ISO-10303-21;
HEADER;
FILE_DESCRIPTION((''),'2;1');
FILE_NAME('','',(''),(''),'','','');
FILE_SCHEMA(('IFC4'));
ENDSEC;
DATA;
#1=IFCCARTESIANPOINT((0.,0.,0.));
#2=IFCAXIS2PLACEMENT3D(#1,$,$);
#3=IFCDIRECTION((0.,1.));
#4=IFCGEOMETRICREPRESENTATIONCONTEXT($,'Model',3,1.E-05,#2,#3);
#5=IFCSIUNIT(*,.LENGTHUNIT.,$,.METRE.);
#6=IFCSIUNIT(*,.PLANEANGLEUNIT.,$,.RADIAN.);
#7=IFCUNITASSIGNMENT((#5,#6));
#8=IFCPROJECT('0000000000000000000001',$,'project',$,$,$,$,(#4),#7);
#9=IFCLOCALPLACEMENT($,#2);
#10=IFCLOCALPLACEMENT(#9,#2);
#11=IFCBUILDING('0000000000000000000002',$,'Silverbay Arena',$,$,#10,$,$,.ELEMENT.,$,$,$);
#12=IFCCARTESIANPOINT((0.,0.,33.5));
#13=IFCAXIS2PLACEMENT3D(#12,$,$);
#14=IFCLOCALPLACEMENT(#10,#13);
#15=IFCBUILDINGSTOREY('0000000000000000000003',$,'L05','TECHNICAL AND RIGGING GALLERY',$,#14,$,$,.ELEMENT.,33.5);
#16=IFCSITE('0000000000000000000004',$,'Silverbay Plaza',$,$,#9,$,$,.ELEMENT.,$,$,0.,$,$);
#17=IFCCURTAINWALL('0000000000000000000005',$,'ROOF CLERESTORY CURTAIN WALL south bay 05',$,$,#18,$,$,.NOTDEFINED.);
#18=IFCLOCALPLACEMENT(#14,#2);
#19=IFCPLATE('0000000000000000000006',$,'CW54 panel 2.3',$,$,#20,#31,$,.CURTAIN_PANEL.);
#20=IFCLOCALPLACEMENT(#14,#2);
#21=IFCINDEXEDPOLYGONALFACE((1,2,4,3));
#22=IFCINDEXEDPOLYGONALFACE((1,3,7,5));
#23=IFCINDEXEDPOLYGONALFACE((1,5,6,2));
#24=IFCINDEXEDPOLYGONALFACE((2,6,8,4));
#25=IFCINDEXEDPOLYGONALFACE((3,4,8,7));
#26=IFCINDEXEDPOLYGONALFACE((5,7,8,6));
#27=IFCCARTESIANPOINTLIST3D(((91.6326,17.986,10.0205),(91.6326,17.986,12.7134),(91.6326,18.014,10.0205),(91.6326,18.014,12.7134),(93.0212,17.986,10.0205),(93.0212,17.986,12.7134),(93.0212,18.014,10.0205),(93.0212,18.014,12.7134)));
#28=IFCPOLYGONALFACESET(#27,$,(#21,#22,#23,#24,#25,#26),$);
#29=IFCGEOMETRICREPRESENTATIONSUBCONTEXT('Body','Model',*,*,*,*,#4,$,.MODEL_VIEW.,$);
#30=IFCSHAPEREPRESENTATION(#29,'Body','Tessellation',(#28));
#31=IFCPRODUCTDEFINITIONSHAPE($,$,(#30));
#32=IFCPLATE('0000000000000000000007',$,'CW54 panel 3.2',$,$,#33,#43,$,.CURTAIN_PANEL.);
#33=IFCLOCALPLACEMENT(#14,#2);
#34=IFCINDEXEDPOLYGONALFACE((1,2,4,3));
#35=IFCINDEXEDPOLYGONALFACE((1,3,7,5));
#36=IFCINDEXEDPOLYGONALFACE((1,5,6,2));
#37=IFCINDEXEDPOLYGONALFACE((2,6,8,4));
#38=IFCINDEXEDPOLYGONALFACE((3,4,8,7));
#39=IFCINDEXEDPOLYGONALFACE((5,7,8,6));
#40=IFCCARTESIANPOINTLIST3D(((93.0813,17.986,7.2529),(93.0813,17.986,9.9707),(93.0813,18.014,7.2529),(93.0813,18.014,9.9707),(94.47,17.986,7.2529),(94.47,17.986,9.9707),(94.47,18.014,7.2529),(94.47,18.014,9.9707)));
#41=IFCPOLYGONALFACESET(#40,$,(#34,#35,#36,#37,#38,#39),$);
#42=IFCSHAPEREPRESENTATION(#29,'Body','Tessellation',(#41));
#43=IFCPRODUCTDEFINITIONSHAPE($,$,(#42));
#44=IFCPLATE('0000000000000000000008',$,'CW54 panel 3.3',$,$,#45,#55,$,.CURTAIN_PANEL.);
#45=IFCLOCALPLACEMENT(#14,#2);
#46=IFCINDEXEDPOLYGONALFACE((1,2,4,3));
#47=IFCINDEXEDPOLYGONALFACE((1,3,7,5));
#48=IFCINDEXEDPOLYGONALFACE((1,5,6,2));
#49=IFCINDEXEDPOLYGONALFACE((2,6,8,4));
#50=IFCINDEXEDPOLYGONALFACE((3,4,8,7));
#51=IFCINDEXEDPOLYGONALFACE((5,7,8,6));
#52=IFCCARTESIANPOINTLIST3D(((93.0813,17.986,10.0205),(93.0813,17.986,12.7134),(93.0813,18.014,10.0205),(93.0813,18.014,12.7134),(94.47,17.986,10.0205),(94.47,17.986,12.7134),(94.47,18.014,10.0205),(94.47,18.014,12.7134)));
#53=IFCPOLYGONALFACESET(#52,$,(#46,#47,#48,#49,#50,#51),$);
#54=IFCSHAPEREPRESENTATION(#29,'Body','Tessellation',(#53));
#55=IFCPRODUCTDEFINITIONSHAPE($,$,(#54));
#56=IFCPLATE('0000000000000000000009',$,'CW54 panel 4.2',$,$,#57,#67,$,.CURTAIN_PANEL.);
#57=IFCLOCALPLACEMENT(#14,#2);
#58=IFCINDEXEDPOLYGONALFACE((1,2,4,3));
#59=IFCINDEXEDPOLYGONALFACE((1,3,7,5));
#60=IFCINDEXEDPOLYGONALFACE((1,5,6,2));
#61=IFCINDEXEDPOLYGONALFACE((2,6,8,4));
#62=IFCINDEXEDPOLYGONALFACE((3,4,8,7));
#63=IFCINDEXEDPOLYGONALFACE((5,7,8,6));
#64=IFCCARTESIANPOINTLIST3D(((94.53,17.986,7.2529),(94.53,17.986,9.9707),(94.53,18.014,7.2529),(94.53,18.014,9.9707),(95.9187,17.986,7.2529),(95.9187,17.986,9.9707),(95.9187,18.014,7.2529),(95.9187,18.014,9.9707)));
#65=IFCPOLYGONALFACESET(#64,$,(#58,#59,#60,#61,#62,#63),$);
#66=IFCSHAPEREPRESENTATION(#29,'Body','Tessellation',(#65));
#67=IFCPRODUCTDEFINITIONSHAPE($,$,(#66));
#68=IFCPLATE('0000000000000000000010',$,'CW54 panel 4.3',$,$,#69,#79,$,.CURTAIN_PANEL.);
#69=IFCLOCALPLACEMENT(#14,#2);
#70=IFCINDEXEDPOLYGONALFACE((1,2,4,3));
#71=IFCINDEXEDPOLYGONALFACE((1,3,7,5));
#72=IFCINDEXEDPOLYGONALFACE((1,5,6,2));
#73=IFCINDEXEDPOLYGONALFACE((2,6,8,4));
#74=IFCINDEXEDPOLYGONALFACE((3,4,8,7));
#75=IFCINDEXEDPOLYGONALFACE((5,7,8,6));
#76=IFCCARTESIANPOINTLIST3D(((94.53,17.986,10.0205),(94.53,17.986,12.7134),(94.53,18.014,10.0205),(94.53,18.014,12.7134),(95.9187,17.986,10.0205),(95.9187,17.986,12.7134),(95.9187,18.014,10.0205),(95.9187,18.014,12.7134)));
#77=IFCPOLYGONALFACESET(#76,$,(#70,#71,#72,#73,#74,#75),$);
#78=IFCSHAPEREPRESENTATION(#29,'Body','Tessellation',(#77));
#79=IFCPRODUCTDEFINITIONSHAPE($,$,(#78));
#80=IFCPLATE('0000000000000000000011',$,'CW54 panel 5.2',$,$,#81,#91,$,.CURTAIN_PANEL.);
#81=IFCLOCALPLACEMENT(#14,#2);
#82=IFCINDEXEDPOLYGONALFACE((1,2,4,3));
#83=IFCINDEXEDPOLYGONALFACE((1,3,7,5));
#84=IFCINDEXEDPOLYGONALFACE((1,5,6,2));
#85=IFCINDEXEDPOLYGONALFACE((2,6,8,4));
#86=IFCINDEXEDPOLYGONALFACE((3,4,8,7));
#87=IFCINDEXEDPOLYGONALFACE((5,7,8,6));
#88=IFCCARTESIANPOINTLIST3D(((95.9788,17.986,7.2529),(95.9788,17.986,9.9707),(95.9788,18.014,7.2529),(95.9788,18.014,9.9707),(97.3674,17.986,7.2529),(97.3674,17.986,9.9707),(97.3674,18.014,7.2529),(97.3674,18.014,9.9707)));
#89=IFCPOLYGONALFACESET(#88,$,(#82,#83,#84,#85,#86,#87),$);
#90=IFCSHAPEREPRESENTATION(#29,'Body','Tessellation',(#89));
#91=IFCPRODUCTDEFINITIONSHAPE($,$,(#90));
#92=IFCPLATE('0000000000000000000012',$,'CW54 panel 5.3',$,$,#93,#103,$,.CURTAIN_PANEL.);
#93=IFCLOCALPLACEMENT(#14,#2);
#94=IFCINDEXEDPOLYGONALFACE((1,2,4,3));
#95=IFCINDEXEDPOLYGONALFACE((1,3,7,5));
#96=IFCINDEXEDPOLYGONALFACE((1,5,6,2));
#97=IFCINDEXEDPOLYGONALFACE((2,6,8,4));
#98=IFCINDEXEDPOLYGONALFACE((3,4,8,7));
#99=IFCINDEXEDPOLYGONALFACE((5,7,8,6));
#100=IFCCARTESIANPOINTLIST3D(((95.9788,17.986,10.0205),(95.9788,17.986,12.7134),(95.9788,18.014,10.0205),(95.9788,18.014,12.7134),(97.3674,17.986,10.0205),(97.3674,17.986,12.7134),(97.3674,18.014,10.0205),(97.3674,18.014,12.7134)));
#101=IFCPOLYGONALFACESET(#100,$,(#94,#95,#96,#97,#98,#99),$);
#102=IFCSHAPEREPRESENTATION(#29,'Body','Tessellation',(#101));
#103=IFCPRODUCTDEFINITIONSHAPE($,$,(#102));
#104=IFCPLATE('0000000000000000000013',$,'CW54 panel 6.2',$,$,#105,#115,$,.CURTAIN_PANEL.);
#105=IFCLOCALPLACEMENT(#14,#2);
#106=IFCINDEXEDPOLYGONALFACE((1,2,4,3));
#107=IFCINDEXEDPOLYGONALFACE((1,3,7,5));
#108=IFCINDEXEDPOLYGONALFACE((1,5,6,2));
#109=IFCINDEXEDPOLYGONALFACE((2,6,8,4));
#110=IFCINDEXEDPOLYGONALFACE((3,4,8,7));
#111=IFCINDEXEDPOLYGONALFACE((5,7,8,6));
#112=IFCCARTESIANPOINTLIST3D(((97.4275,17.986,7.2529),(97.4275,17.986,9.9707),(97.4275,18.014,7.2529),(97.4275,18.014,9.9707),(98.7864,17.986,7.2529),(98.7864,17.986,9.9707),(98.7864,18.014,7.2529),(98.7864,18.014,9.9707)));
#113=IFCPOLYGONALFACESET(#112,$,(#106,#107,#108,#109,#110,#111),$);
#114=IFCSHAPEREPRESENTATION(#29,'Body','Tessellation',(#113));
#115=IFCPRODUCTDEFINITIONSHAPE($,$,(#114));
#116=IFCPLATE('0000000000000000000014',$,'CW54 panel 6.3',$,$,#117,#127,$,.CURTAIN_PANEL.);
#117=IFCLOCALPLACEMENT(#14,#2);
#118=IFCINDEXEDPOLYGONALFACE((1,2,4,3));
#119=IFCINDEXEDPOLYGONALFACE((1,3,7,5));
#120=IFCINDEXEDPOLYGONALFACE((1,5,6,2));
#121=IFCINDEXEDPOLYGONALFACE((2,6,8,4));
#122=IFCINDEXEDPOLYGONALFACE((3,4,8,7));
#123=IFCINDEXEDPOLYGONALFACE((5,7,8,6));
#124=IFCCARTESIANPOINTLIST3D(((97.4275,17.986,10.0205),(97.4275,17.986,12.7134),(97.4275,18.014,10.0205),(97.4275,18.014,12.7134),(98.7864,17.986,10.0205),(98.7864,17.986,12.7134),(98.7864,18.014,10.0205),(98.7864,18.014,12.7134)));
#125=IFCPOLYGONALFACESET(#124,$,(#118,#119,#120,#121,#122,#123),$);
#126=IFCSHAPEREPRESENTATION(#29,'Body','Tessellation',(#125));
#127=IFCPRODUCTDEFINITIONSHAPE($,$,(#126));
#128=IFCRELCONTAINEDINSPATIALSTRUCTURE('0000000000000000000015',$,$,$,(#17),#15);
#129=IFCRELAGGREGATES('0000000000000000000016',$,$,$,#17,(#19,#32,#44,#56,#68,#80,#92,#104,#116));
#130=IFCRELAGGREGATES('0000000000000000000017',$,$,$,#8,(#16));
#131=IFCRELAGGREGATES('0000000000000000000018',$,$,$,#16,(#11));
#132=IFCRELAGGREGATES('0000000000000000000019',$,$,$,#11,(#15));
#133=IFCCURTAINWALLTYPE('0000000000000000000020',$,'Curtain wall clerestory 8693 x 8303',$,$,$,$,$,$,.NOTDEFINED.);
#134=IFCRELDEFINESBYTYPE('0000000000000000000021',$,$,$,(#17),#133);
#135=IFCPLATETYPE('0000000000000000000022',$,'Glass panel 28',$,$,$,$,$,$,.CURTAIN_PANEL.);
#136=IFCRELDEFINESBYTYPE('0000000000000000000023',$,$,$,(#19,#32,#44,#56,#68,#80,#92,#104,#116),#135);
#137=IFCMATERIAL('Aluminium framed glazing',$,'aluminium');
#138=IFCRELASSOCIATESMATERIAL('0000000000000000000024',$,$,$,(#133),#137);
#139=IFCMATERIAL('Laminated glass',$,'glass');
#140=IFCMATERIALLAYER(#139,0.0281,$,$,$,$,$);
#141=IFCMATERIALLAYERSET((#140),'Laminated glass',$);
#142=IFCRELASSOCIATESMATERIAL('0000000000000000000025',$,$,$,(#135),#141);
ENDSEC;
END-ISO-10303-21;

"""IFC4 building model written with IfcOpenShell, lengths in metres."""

from ifc_helpers import new_model, si_unit, direction, frame, origin, origin_2d, place, context, subcontext, project, spatial, rectangle, extrude, material, layer, layer_set, type_object, element, aggregate, save


model = new_model("IFC4")

# Units and contexts
model_context = context("Model", 3, precision=1e-05, world=origin(), true_north=direction((0.0, 1.0)))
body_context = subcontext(model_context, "Body", "Model", "MODEL_VIEW")
ifc_project = project(units=[si_unit("LENGTHUNIT", "METRE"), si_unit("PLANEANGLEUNIT", "RADIAN")], contexts=[model_context])

# Site, building, storey
site_placement = place(None, origin())
site = spatial("IfcSite", under=ifc_project, at=site_placement, Name="Silverbay Plaza", CompositionType="ELEMENT", RefElevation=0.0)
building_placement = place(site_placement, origin())
building = spatial("IfcBuilding", under=site, at=building_placement, Name="Silverbay Arena", CompositionType="ELEMENT")
storey_placement = place(building_placement, frame((0.0, 0.0, 33.5)))
storey = spatial("IfcBuildingStorey", under=building, at=storey_placement, Name="L05", Description="TECHNICAL AND RIGGING GALLERY", CompositionType="ELEMENT", Elevation=33.5)

# Curtain wall, plates
ifc_material_1 = material(Name="Aluminium framed glazing", Category="aluminium")
curtain_wall_type = type_object("IfcCurtainWallType", Name="Curtain wall clerestory 8693 x 8303", PredefinedType="NOTDEFINED", material=ifc_material_1)
curtain_wall_placement = place(storey_placement, origin())
curtain_wall = element("IfcCurtainWall", 1, at=curtain_wall_placement, inside=storey, type_object=curtain_wall_type, Name="ROOF CLERESTORY CURTAIN WALL south bay 05", PredefinedType="NOTDEFINED")
ifc_material_2 = material(Name="Laminated glass", Category="glass")
ifc_layer = layer(ifc_material_2, 0.0281)
ifc_layer_set = layer_set([ifc_layer], Name="Laminated glass")
plate_type = type_object("IfcPlateType", Name="Glass panel 28", PredefinedType="CURTAIN_PANEL", material=ifc_layer_set)
plate_1_placement = place(storey_placement, frame((92.3269, 18.0, 10.0205), z_axis=(0.0, 0.0, 1.0), x_axis=(1.0, 0.0, 0.0)))
plate_1 = element("IfcPlate", 2, at=plate_1_placement, type_object=plate_type, Name="CW54 panel 2.3", PredefinedType="CURTAIN_PANEL", context=body_context, shape_type="SweptSolid", body=[
    extrude(rectangle(XDim=1.3887, YDim=0.0281, at=origin_2d()), origin(), (0.0, 0.0, 1.0), 2.6929),
])
plate_2_placement = place(storey_placement, frame((93.7756, 18.0, 7.2529), z_axis=(0.0, 0.0, 1.0), x_axis=(1.0, 0.0, 0.0)))
plate_2 = element("IfcPlate", 3, at=plate_2_placement, type_object=plate_type, Name="CW54 panel 3.2", PredefinedType="CURTAIN_PANEL", context=body_context, shape_type="SweptSolid", body=[
    extrude(rectangle(XDim=1.3887, YDim=0.0281, at=origin_2d()), origin(), (0.0, 0.0, 1.0), 2.7178),
])
plate_3_placement = place(storey_placement, frame((93.7756, 18.0, 10.0205), z_axis=(0.0, 0.0, 1.0), x_axis=(1.0, 0.0, 0.0)))
plate_3 = element("IfcPlate", 4, at=plate_3_placement, type_object=plate_type, Name="CW54 panel 3.3", PredefinedType="CURTAIN_PANEL", context=body_context, shape_type="SweptSolid", body=[
    extrude(rectangle(XDim=1.3887, YDim=0.0281, at=origin_2d()), origin(), (0.0, 0.0, 1.0), 2.6929),
])
plate_4_placement = place(storey_placement, frame((95.2244, 18.0, 7.2529), z_axis=(0.0, 0.0, 1.0), x_axis=(1.0, 0.0, 0.0)))
plate_4 = element("IfcPlate", 5, at=plate_4_placement, type_object=plate_type, Name="CW54 panel 4.2", PredefinedType="CURTAIN_PANEL", context=body_context, shape_type="SweptSolid", body=[
    extrude(rectangle(XDim=1.3887, YDim=0.0281, at=origin_2d()), origin(), (0.0, 0.0, 1.0), 2.7178),
])
plate_5_placement = place(storey_placement, frame((95.2244, 18.0, 10.0205), z_axis=(0.0, 0.0, 1.0), x_axis=(1.0, 0.0, 0.0)))
plate_5 = element("IfcPlate", 6, at=plate_5_placement, type_object=plate_type, Name="CW54 panel 4.3", PredefinedType="CURTAIN_PANEL", context=body_context, shape_type="SweptSolid", body=[
    extrude(rectangle(XDim=1.3887, YDim=0.0281, at=origin_2d()), origin(), (0.0, 0.0, 1.0), 2.6929),
])
plate_6_placement = place(storey_placement, frame((96.6731, 18.0, 7.2529), z_axis=(0.0, 0.0, 1.0), x_axis=(1.0, 0.0, 0.0)))
plate_6 = element("IfcPlate", 7, at=plate_6_placement, type_object=plate_type, Name="CW54 panel 5.2", PredefinedType="CURTAIN_PANEL", context=body_context, shape_type="SweptSolid", body=[
    extrude(rectangle(XDim=1.3887, YDim=0.0281, at=origin_2d()), origin(), (0.0, 0.0, 1.0), 2.7178),
])
plate_7_placement = place(storey_placement, frame((96.6731, 18.0, 10.0205), z_axis=(0.0, 0.0, 1.0), x_axis=(1.0, 0.0, 0.0)))
plate_7 = element("IfcPlate", 8, at=plate_7_placement, type_object=plate_type, Name="CW54 panel 5.3", PredefinedType="CURTAIN_PANEL", context=body_context, shape_type="SweptSolid", body=[
    extrude(rectangle(XDim=1.3887, YDim=0.0281, at=origin_2d()), origin(), (0.0, 0.0, 1.0), 2.6929),
])
plate_8_placement = place(storey_placement, frame((98.1069, 18.0, 7.2529), z_axis=(0.0, 0.0, 1.0), x_axis=(1.0, 0.0, 0.0)))
plate_8 = element("IfcPlate", 9, at=plate_8_placement, type_object=plate_type, Name="CW54 panel 6.2", PredefinedType="CURTAIN_PANEL", context=body_context, shape_type="SweptSolid", body=[
    extrude(rectangle(XDim=1.3589, YDim=0.0281, at=origin_2d()), origin(), (0.0, 0.0, 1.0), 2.7178),
])
plate_9_placement = place(storey_placement, frame((98.1069, 18.0, 10.0205), z_axis=(0.0, 0.0, 1.0), x_axis=(1.0, 0.0, 0.0)))
plate_9 = element("IfcPlate", 10, at=plate_9_placement, type_object=plate_type, Name="CW54 panel 6.3", PredefinedType="CURTAIN_PANEL", context=body_context, shape_type="SweptSolid", body=[
    extrude(rectangle(XDim=1.3589, YDim=0.0281, at=origin_2d()), origin(), (0.0, 0.0, 1.0), 2.6929),
])
aggregate(curtain_wall, [plate_1, plate_2, plate_3, plate_4, plate_5, plate_6, plate_7, plate_8, plate_9])

save(model, "model.ifc")
